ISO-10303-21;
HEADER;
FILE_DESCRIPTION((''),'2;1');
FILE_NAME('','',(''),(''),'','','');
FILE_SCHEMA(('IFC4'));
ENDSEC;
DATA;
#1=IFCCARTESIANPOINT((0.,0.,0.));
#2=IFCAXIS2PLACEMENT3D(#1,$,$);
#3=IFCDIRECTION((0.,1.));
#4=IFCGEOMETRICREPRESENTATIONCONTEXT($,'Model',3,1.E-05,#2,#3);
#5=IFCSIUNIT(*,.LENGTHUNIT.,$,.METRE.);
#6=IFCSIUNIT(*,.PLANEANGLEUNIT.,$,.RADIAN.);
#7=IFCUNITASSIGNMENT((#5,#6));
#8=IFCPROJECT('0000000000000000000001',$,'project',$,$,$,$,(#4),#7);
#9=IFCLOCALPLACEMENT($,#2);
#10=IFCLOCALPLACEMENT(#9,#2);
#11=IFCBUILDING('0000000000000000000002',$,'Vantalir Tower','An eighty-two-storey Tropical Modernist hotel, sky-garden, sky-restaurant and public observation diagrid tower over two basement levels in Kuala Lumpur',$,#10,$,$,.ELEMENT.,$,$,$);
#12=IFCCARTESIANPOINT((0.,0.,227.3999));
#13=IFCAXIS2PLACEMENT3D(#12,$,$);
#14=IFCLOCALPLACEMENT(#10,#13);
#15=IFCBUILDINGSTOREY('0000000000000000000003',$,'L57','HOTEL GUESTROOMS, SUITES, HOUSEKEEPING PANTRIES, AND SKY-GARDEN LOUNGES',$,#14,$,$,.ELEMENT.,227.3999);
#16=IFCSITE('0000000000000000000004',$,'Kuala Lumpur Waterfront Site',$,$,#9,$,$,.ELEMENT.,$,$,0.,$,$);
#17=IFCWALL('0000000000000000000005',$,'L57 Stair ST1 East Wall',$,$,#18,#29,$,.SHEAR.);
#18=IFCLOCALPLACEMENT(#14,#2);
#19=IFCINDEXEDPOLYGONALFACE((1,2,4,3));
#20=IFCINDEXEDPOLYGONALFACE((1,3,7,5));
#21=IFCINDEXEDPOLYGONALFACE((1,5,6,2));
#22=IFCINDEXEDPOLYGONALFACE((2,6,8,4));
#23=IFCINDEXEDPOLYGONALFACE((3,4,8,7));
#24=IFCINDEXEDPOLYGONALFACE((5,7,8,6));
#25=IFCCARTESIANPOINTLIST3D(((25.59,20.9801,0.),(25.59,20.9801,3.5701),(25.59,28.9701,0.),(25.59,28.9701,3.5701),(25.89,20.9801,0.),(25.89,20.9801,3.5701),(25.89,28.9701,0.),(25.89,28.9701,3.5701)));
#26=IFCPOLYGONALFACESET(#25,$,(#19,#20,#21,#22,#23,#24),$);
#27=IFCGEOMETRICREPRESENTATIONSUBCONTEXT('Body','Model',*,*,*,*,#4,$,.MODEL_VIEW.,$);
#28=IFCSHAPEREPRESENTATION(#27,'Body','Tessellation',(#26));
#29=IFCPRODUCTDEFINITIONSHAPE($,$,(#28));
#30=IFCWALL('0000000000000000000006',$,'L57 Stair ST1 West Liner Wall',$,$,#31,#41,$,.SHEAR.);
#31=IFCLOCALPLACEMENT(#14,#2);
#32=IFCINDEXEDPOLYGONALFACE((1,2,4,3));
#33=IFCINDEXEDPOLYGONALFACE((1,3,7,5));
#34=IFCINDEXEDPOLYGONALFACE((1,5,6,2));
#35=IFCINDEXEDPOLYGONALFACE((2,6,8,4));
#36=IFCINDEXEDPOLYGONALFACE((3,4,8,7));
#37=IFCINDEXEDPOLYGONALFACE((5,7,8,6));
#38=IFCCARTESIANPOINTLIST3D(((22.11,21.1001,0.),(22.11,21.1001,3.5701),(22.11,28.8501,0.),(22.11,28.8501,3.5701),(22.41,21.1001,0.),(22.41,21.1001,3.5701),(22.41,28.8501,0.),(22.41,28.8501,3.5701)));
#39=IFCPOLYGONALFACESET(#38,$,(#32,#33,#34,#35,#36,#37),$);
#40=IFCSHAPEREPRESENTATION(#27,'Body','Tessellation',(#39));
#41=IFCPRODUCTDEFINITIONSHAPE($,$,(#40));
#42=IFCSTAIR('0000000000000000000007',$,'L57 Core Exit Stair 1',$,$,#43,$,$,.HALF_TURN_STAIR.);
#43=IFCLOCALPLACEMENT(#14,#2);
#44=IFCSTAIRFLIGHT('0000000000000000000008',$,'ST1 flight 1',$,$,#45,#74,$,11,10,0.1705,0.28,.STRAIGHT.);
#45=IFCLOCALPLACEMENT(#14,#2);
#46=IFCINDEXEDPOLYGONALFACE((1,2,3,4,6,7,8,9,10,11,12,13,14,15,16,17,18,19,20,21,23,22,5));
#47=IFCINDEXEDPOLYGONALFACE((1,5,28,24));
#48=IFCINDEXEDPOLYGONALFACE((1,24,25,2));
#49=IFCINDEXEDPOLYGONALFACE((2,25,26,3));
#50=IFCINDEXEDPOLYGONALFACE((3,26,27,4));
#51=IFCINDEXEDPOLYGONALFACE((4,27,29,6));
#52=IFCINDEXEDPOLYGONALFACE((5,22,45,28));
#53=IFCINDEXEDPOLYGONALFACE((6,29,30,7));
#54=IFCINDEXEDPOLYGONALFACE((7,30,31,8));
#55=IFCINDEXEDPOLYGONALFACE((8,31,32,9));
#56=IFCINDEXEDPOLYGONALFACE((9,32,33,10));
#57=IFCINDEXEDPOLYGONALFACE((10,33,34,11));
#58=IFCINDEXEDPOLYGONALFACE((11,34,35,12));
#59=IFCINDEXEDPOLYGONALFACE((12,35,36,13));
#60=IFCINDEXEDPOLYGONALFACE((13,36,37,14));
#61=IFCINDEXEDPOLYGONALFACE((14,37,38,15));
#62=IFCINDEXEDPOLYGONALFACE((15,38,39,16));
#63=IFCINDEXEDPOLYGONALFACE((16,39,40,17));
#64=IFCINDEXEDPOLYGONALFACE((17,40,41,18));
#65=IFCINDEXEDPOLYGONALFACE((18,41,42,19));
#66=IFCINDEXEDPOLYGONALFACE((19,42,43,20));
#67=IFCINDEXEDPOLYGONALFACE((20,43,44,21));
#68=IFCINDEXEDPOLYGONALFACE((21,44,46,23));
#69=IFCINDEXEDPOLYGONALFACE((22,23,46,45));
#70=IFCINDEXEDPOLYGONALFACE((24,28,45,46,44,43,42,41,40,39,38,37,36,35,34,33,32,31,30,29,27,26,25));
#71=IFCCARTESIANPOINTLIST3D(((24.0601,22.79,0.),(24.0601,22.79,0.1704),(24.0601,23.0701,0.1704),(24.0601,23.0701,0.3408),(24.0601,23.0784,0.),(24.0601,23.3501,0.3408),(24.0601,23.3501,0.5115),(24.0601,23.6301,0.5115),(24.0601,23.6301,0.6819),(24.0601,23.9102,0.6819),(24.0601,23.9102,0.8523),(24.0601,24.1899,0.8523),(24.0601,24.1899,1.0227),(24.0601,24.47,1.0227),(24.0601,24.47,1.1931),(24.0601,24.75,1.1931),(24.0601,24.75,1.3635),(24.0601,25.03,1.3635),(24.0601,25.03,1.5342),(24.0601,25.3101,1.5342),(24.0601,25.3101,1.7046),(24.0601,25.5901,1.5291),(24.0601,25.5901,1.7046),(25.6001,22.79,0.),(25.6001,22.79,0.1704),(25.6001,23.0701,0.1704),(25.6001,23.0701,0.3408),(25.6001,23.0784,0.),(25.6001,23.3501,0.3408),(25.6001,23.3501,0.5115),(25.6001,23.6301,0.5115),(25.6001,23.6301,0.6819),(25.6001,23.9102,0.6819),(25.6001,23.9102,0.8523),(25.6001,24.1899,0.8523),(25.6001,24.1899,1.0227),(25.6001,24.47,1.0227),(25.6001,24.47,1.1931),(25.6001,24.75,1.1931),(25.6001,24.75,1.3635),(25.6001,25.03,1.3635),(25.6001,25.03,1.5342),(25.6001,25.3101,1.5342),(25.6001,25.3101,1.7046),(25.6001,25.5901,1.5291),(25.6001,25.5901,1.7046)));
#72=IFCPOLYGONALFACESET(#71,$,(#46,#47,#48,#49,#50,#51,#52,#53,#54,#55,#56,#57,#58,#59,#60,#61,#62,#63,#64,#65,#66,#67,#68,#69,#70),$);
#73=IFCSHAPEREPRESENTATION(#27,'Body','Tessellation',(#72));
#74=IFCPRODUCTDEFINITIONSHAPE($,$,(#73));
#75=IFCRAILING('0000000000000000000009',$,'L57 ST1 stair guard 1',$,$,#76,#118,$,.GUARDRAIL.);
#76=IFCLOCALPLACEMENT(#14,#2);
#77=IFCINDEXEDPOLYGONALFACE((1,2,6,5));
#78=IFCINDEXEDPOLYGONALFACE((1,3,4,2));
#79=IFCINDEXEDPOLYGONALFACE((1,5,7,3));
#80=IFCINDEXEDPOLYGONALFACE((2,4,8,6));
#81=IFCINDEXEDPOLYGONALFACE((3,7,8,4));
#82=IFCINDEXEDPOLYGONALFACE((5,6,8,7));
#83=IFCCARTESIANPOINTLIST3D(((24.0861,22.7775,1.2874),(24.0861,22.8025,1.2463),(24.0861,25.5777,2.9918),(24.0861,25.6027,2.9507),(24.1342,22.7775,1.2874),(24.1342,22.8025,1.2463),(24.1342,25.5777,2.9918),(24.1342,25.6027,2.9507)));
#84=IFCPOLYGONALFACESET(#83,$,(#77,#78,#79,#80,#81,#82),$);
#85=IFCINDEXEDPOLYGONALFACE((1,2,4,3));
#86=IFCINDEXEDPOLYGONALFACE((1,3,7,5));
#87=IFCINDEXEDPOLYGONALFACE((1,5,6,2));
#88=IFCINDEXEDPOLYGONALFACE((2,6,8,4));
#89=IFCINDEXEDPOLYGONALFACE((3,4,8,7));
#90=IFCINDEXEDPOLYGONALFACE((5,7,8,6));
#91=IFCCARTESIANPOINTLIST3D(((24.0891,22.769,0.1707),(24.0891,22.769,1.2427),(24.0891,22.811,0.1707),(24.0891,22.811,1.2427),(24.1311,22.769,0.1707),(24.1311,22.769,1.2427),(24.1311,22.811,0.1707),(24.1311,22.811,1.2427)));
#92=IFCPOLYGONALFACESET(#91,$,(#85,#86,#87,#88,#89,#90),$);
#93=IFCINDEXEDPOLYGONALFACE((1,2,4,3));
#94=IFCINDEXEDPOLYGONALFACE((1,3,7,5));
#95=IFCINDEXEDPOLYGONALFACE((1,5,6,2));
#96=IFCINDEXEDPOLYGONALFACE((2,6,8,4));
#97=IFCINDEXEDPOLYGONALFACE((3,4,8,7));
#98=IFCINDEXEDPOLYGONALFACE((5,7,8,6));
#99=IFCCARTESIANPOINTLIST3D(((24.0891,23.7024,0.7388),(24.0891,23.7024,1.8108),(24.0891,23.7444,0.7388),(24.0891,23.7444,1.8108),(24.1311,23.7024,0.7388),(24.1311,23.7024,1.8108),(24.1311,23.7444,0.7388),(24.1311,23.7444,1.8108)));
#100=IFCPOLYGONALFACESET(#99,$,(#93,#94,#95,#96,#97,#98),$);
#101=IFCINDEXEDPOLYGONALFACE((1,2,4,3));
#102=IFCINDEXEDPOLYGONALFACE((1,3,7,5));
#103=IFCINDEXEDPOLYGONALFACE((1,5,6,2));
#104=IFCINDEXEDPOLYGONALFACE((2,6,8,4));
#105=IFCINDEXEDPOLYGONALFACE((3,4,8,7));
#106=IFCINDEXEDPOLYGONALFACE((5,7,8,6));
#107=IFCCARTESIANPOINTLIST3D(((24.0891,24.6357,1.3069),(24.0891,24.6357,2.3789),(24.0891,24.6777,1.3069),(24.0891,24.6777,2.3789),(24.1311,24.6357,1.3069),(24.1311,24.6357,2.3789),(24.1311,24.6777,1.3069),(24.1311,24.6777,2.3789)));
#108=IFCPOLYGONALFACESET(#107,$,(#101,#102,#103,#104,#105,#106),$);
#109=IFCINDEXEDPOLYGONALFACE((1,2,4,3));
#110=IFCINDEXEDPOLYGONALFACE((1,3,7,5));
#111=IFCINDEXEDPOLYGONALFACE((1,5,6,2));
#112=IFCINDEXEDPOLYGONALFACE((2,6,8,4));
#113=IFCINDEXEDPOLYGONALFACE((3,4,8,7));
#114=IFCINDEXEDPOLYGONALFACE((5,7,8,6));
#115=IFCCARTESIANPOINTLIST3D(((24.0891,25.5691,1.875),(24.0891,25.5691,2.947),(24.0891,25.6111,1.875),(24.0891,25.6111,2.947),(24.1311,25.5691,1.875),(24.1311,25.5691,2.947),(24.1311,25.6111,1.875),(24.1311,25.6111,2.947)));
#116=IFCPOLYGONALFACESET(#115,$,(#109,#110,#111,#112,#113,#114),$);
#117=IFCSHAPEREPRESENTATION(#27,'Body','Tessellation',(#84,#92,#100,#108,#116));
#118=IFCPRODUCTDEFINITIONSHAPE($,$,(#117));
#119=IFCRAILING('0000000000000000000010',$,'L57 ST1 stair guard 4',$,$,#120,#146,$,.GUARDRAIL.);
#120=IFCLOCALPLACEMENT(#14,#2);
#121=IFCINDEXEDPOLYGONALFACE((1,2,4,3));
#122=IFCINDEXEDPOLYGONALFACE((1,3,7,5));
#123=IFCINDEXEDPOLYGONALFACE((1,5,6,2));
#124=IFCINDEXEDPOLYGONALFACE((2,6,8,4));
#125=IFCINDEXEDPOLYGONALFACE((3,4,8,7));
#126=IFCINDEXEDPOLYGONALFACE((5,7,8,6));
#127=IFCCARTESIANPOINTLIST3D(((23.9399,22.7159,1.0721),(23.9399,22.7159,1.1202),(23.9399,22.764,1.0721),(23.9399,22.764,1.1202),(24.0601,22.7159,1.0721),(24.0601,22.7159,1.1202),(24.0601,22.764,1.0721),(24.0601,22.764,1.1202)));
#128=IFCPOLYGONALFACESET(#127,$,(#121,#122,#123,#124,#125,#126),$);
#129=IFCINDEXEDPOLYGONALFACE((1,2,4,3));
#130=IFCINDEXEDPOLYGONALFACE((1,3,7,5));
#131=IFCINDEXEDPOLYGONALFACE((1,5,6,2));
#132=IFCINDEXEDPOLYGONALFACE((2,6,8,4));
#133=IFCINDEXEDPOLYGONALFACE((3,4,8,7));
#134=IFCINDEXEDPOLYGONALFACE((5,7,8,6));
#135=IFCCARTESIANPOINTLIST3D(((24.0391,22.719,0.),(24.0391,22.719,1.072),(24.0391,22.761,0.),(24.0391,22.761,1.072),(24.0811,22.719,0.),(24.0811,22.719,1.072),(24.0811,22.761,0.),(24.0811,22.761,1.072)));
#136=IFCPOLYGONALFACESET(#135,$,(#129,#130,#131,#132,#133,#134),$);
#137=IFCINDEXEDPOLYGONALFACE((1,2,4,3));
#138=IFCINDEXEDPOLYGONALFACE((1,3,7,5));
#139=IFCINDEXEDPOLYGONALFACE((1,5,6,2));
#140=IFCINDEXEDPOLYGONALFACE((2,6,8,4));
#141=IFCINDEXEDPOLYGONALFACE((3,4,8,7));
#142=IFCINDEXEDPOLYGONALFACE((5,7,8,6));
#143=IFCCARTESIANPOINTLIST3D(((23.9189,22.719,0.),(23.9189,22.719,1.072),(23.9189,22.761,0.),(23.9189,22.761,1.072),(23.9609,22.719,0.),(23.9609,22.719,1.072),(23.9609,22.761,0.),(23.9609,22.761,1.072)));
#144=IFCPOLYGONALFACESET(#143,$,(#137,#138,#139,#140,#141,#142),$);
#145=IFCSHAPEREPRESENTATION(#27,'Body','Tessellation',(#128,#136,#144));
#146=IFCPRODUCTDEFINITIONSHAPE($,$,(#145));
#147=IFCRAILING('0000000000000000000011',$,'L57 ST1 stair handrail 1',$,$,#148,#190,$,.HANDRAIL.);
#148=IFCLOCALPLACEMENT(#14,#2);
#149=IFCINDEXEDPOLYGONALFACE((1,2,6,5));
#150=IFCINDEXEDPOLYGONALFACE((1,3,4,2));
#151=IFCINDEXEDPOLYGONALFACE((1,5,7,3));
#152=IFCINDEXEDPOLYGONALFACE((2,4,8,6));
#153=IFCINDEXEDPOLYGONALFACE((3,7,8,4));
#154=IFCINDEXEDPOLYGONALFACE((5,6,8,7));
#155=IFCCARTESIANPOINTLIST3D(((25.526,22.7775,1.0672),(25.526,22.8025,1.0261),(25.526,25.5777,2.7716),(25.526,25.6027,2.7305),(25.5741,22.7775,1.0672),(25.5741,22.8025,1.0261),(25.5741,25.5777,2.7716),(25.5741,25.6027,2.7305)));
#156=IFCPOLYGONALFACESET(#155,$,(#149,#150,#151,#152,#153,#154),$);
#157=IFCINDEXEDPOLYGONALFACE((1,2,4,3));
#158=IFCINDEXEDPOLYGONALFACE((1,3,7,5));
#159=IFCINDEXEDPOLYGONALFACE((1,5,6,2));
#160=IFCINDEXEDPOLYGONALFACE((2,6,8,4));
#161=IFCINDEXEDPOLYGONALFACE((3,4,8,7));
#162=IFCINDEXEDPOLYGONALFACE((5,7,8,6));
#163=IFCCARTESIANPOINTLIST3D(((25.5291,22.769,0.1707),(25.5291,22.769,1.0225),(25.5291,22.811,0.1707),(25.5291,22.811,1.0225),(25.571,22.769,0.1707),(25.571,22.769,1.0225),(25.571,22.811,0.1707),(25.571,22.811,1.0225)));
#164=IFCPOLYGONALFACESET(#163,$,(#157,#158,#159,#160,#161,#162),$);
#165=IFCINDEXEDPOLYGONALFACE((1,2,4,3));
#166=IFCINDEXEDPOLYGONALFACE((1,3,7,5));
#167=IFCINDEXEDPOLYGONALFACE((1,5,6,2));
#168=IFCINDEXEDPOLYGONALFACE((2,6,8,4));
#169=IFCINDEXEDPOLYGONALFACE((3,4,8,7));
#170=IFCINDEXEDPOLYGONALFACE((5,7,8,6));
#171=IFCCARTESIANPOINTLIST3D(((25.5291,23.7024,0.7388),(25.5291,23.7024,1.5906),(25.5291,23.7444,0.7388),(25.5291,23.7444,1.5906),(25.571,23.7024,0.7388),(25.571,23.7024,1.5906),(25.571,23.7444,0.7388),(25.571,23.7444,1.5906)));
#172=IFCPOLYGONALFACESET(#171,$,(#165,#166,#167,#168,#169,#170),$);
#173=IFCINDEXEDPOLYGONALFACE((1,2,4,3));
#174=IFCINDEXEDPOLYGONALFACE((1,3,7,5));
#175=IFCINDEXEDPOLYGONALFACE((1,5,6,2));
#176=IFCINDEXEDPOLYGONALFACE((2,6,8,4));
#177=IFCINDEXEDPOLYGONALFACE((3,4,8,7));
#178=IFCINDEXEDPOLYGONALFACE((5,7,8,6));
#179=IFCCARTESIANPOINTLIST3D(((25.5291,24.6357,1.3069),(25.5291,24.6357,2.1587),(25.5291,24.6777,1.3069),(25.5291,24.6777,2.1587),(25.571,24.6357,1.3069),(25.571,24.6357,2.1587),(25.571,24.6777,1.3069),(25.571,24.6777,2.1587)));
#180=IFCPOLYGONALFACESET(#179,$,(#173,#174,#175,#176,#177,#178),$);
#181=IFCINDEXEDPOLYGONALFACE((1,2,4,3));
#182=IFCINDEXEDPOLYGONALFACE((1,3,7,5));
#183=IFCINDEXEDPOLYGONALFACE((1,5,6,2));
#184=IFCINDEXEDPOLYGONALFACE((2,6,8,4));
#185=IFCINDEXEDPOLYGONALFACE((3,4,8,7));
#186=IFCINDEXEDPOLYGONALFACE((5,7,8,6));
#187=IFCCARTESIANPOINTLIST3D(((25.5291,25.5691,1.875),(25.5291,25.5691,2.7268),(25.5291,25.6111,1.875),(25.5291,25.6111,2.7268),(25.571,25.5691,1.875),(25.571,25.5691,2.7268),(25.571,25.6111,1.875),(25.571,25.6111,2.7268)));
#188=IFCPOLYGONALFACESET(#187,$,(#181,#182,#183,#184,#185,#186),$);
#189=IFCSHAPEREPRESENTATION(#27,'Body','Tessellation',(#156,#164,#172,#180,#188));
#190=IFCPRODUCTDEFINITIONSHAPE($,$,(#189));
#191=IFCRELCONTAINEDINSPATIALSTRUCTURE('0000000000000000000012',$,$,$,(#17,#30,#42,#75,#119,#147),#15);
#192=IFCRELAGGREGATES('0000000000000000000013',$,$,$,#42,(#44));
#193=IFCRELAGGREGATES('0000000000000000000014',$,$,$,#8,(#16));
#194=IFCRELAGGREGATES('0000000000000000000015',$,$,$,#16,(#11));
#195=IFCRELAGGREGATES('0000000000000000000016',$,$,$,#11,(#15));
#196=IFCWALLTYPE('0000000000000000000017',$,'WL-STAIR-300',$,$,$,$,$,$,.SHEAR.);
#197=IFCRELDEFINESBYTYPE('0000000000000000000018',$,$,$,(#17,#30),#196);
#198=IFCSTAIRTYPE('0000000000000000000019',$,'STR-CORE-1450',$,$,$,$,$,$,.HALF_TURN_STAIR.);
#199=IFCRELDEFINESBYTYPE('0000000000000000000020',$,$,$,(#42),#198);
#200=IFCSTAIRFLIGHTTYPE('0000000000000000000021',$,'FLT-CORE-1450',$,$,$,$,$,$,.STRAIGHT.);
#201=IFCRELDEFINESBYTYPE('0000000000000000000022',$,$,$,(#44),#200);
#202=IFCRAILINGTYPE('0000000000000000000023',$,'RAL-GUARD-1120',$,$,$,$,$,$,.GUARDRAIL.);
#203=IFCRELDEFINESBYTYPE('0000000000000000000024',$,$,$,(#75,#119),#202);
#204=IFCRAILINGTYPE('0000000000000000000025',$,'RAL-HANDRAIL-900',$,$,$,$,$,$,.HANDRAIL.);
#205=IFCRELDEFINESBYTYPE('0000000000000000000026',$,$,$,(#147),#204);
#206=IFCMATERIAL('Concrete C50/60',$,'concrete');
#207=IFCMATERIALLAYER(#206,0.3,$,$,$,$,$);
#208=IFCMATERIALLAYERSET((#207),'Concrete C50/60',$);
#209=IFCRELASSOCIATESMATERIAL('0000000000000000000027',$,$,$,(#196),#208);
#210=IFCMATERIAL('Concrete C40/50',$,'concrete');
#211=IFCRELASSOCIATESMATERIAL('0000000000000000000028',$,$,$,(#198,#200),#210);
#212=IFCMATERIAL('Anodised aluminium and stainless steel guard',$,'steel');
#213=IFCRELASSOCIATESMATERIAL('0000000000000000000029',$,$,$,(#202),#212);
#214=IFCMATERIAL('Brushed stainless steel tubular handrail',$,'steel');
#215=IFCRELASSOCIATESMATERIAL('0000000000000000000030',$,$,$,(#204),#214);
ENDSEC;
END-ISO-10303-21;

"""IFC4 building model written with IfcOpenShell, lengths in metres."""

from ifc_helpers import new_model, si_unit, direction, frame, frame_2d, origin, origin_2d, place, context, subcontext, project, spatial, polyline, rectangle, outline, extrude, material, layer, layer_set, type_object, element, aggregate, save


model = new_model("IFC4")

# Units and contexts
model_context = context("Model", 3, precision=1e-05, world=origin(), true_north=direction((0.0, 1.0)))
body_context = subcontext(model_context, "Body", "Model", "MODEL_VIEW")
ifc_project = project(units=[si_unit("LENGTHUNIT", "METRE"), si_unit("PLANEANGLEUNIT", "RADIAN")], contexts=[model_context])

# Site, building, storey
site_placement = place(None, origin())
site = spatial("IfcSite", under=ifc_project, at=site_placement, Name="Kuala Lumpur Waterfront Site", CompositionType="ELEMENT", RefElevation=0.0)
building_placement = place(site_placement, origin())
building = spatial("IfcBuilding", under=site, at=building_placement, Name="Vantalir Tower", Description="An eighty-two-storey Tropical Modernist hotel, sky-garden, sky-restaurant and public observation diagrid tower over two basement levels in Kuala Lumpur", CompositionType="ELEMENT")
storey_placement = place(building_placement, frame((0.0, 0.0, 227.3999)))
storey = spatial("IfcBuildingStorey", under=building, at=storey_placement, Name="L57", Description="HOTEL GUESTROOMS, SUITES, HOUSEKEEPING PANTRIES, AND SKY-GARDEN LOUNGES", CompositionType="ELEMENT", Elevation=227.3999)

# Shared definitions
ifc_material_1 = material(Name="Concrete C50/60", Category="concrete")

# Shared definitions
ifc_layer_1 = layer(ifc_material_1, 0.3)
ifc_layer_set_1 = layer_set([ifc_layer_1], Name="Concrete C50/60")
wall_type_1 = type_object("IfcWallType", Name="WL-STAIR-300", PredefinedType="SHEAR", material=ifc_layer_set_1)

# Walls
wall_1_placement = place(storey_placement, frame((25.74, 20.98, 0.0), z_axis=(0.0, 0.0, 1.0), x_axis=(0.0, 1.0, 0.0)))
element("IfcWall", 1, at=wall_1_placement, inside=storey, type_object=wall_type_1, Name="L57 Stair ST1 East Wall", PredefinedType="SHEAR", context=body_context, shape_type="SweptSolid", body=[
    extrude(rectangle(XDim=7.99, YDim=0.3, at=frame_2d((3.9951, 0.0))), origin(), (0.0, 0.0, 1.0), 3.5701),
])
wall_2_placement = place(storey_placement, frame((22.26, 21.1001, 0.0), z_axis=(0.0, 0.0, 1.0), x_axis=(0.0, 1.0, 0.0)))
element("IfcWall", 2, at=wall_2_placement, inside=storey, type_object=wall_type_1, Name="L57 Stair ST1 West Liner Wall", PredefinedType="SHEAR", context=body_context, shape_type="SweptSolid", body=[
    extrude(rectangle(XDim=7.75, YDim=0.3, at=frame_2d((3.875, 0.0))), origin(), (0.0, 0.0, 1.0), 3.5701),
])

# Stair, stair flight
ifc_material_2 = material(Name="Concrete C40/50", Category="concrete")
stair_type = type_object("IfcStairType", Name="STR-CORE-1450", PredefinedType="HALF_TURN_STAIR", material=ifc_material_2)
stair_placement = place(storey_placement, origin())
stair = element("IfcStair", 3, at=stair_placement, inside=storey, type_object=stair_type, Name="L57 Core Exit Stair 1", PredefinedType="HALF_TURN_STAIR")
stair_flight_type = type_object("IfcStairFlightType", Name="FLT-CORE-1450", PredefinedType="STRAIGHT", material=ifc_material_2)
stair_flight_placement = place(storey_placement, frame((24.8301, 22.79, 0.0), z_axis=(0.0, 0.0, 1.0), x_axis=(0.0, 1.0, 0.0)))
stair_flight = element("IfcStairFlight", 4, at=stair_flight_placement, type_object=stair_flight_type, Name="ST1 flight 1", NumberOfRisers=11, NumberOfTreads=10, PredefinedType="STRAIGHT", RiserHeight=0.1705, TreadLength=0.28, context=body_context, shape_type="SweptSolid", body=[
    extrude(outline(polyline([(0.0, 0.0), (0.0, 0.1704), (0.28, 0.1704), (0.28, 0.3408), (0.5601, 0.3408), (0.5601, 0.5115), (0.8401, 0.5115), (0.8401, 0.6819), (1.1201, 0.6819), (1.1201, 0.8523), (1.3999, 0.8523), (1.3999, 1.0227), (1.6799, 1.0227), (1.6799, 1.1931), (1.96, 1.1931), (1.96, 1.3635), (2.24, 1.3635), (2.24, 1.5342), (2.52, 1.5342), (2.52, 1.7046), (2.8, 1.7046), (2.8, 1.875), (2.8, 1.5291), (0.2883, 0.0), (0.0, 0.0)])), frame((0.0, 0.77, 0.0), z_axis=(0.0, -1.0, 0.0), x_axis=(1.0, 0.0, 0.0)), (0.0, 0.0, 1.0), 1.54),
])
aggregate(stair, [stair_flight])

# Railings
ifc_material_3 = material(Name="Anodised aluminium and stainless steel guard", Category="steel")
railing_type_1 = type_object("IfcRailingType", Name="RAL-GUARD-1120", PredefinedType="GUARDRAIL", material=ifc_material_3)
railing_1_placement = place(storey_placement, frame((24.1101, 22.79, 0.1707)))
element("IfcRailing", 5, at=railing_1_placement, inside=storey, type_object=railing_type_1, Name="L57 ST1 stair guard 1", PredefinedType="GUARDRAIL", context=body_context, shape_type="SweptSolid", body=[
    extrude(rectangle(XDim=0.0481, YDim=0.0481, at=origin_2d()), frame((0.0, 0.0, 1.0962), z_axis=(0.0, 0.854203, 0.51994), x_axis=(-1.0, 0.0, 0.0)), (0.0, 0.0, 1.0), 3.2781),
    extrude(rectangle(XDim=0.042, YDim=0.042, at=origin_2d()), origin(), (0.0, 0.0, 1.0), 1.072),
    extrude(rectangle(XDim=0.042, YDim=0.042, at=origin_2d()), frame((0.0, 0.9333, 0.5681)), (0.0, 0.0, 1.0), 1.072),
    extrude(rectangle(XDim=0.042, YDim=0.042, at=origin_2d()), frame((0.0, 1.8667, 1.1362)), (0.0, 0.0, 1.0), 1.072),
    extrude(rectangle(XDim=0.042, YDim=0.042, at=origin_2d()), frame((0.0, 2.8, 1.7043)), (0.0, 0.0, 1.0), 1.072),
])
railing_2_placement = place(storey_placement, frame((24.0601, 22.74, 0.0)))
element("IfcRailing", 6, at=railing_2_placement, inside=storey, type_object=railing_type_1, Name="L57 ST1 stair guard 4", PredefinedType="GUARDRAIL", context=body_context, shape_type="SweptSolid", body=[
    extrude(rectangle(XDim=0.0481, YDim=0.0481, at=origin_2d()), frame((0.0, 0.0, 1.0962), z_axis=(-1.0, 0.0, 0.0), x_axis=(0.0, -1.0, 0.0)), (0.0, 0.0, 1.0), 0.1201),
    extrude(rectangle(XDim=0.042, YDim=0.042, at=origin_2d()), origin(), (0.0, 0.0, 1.0), 1.072),
    extrude(rectangle(XDim=0.042, YDim=0.042, at=origin_2d()), frame((-0.1201, 0.0, 0.0)), (0.0, 0.0, 1.0), 1.072),
])
ifc_material_4 = material(Name="Brushed stainless steel tubular handrail", Category="steel")
railing_type_2 = type_object("IfcRailingType", Name="RAL-HANDRAIL-900", PredefinedType="HANDRAIL", material=ifc_material_4)
railing_3_placement = place(storey_placement, frame((25.55, 22.79, 0.1707)))
element("IfcRailing", 7, at=railing_3_placement, inside=storey, type_object=railing_type_2, Name="L57 ST1 stair handrail 1", PredefinedType="HANDRAIL", context=body_context, shape_type="SweptSolid", body=[
    extrude(rectangle(XDim=0.0481, YDim=0.0481, at=origin_2d()), frame((0.0, 0.0, 0.876), z_axis=(0.0, 0.854203, 0.51994), x_axis=(-1.0, 0.0, 0.0)), (0.0, 0.0, 1.0), 3.2781),
    extrude(rectangle(XDim=0.042, YDim=0.042, at=origin_2d()), origin(), (0.0, 0.0, 1.0), 0.8518),
    extrude(rectangle(XDim=0.042, YDim=0.042, at=origin_2d()), frame((0.0, 0.9333, 0.5681)), (0.0, 0.0, 1.0), 0.8518),
    extrude(rectangle(XDim=0.042, YDim=0.042, at=origin_2d()), frame((0.0, 1.8667, 1.1362)), (0.0, 0.0, 1.0), 0.8518),
    extrude(rectangle(XDim=0.042, YDim=0.042, at=origin_2d()), frame((0.0, 2.8, 1.7043)), (0.0, 0.0, 1.0), 0.8518),
])

save(model, "model.ifc")
